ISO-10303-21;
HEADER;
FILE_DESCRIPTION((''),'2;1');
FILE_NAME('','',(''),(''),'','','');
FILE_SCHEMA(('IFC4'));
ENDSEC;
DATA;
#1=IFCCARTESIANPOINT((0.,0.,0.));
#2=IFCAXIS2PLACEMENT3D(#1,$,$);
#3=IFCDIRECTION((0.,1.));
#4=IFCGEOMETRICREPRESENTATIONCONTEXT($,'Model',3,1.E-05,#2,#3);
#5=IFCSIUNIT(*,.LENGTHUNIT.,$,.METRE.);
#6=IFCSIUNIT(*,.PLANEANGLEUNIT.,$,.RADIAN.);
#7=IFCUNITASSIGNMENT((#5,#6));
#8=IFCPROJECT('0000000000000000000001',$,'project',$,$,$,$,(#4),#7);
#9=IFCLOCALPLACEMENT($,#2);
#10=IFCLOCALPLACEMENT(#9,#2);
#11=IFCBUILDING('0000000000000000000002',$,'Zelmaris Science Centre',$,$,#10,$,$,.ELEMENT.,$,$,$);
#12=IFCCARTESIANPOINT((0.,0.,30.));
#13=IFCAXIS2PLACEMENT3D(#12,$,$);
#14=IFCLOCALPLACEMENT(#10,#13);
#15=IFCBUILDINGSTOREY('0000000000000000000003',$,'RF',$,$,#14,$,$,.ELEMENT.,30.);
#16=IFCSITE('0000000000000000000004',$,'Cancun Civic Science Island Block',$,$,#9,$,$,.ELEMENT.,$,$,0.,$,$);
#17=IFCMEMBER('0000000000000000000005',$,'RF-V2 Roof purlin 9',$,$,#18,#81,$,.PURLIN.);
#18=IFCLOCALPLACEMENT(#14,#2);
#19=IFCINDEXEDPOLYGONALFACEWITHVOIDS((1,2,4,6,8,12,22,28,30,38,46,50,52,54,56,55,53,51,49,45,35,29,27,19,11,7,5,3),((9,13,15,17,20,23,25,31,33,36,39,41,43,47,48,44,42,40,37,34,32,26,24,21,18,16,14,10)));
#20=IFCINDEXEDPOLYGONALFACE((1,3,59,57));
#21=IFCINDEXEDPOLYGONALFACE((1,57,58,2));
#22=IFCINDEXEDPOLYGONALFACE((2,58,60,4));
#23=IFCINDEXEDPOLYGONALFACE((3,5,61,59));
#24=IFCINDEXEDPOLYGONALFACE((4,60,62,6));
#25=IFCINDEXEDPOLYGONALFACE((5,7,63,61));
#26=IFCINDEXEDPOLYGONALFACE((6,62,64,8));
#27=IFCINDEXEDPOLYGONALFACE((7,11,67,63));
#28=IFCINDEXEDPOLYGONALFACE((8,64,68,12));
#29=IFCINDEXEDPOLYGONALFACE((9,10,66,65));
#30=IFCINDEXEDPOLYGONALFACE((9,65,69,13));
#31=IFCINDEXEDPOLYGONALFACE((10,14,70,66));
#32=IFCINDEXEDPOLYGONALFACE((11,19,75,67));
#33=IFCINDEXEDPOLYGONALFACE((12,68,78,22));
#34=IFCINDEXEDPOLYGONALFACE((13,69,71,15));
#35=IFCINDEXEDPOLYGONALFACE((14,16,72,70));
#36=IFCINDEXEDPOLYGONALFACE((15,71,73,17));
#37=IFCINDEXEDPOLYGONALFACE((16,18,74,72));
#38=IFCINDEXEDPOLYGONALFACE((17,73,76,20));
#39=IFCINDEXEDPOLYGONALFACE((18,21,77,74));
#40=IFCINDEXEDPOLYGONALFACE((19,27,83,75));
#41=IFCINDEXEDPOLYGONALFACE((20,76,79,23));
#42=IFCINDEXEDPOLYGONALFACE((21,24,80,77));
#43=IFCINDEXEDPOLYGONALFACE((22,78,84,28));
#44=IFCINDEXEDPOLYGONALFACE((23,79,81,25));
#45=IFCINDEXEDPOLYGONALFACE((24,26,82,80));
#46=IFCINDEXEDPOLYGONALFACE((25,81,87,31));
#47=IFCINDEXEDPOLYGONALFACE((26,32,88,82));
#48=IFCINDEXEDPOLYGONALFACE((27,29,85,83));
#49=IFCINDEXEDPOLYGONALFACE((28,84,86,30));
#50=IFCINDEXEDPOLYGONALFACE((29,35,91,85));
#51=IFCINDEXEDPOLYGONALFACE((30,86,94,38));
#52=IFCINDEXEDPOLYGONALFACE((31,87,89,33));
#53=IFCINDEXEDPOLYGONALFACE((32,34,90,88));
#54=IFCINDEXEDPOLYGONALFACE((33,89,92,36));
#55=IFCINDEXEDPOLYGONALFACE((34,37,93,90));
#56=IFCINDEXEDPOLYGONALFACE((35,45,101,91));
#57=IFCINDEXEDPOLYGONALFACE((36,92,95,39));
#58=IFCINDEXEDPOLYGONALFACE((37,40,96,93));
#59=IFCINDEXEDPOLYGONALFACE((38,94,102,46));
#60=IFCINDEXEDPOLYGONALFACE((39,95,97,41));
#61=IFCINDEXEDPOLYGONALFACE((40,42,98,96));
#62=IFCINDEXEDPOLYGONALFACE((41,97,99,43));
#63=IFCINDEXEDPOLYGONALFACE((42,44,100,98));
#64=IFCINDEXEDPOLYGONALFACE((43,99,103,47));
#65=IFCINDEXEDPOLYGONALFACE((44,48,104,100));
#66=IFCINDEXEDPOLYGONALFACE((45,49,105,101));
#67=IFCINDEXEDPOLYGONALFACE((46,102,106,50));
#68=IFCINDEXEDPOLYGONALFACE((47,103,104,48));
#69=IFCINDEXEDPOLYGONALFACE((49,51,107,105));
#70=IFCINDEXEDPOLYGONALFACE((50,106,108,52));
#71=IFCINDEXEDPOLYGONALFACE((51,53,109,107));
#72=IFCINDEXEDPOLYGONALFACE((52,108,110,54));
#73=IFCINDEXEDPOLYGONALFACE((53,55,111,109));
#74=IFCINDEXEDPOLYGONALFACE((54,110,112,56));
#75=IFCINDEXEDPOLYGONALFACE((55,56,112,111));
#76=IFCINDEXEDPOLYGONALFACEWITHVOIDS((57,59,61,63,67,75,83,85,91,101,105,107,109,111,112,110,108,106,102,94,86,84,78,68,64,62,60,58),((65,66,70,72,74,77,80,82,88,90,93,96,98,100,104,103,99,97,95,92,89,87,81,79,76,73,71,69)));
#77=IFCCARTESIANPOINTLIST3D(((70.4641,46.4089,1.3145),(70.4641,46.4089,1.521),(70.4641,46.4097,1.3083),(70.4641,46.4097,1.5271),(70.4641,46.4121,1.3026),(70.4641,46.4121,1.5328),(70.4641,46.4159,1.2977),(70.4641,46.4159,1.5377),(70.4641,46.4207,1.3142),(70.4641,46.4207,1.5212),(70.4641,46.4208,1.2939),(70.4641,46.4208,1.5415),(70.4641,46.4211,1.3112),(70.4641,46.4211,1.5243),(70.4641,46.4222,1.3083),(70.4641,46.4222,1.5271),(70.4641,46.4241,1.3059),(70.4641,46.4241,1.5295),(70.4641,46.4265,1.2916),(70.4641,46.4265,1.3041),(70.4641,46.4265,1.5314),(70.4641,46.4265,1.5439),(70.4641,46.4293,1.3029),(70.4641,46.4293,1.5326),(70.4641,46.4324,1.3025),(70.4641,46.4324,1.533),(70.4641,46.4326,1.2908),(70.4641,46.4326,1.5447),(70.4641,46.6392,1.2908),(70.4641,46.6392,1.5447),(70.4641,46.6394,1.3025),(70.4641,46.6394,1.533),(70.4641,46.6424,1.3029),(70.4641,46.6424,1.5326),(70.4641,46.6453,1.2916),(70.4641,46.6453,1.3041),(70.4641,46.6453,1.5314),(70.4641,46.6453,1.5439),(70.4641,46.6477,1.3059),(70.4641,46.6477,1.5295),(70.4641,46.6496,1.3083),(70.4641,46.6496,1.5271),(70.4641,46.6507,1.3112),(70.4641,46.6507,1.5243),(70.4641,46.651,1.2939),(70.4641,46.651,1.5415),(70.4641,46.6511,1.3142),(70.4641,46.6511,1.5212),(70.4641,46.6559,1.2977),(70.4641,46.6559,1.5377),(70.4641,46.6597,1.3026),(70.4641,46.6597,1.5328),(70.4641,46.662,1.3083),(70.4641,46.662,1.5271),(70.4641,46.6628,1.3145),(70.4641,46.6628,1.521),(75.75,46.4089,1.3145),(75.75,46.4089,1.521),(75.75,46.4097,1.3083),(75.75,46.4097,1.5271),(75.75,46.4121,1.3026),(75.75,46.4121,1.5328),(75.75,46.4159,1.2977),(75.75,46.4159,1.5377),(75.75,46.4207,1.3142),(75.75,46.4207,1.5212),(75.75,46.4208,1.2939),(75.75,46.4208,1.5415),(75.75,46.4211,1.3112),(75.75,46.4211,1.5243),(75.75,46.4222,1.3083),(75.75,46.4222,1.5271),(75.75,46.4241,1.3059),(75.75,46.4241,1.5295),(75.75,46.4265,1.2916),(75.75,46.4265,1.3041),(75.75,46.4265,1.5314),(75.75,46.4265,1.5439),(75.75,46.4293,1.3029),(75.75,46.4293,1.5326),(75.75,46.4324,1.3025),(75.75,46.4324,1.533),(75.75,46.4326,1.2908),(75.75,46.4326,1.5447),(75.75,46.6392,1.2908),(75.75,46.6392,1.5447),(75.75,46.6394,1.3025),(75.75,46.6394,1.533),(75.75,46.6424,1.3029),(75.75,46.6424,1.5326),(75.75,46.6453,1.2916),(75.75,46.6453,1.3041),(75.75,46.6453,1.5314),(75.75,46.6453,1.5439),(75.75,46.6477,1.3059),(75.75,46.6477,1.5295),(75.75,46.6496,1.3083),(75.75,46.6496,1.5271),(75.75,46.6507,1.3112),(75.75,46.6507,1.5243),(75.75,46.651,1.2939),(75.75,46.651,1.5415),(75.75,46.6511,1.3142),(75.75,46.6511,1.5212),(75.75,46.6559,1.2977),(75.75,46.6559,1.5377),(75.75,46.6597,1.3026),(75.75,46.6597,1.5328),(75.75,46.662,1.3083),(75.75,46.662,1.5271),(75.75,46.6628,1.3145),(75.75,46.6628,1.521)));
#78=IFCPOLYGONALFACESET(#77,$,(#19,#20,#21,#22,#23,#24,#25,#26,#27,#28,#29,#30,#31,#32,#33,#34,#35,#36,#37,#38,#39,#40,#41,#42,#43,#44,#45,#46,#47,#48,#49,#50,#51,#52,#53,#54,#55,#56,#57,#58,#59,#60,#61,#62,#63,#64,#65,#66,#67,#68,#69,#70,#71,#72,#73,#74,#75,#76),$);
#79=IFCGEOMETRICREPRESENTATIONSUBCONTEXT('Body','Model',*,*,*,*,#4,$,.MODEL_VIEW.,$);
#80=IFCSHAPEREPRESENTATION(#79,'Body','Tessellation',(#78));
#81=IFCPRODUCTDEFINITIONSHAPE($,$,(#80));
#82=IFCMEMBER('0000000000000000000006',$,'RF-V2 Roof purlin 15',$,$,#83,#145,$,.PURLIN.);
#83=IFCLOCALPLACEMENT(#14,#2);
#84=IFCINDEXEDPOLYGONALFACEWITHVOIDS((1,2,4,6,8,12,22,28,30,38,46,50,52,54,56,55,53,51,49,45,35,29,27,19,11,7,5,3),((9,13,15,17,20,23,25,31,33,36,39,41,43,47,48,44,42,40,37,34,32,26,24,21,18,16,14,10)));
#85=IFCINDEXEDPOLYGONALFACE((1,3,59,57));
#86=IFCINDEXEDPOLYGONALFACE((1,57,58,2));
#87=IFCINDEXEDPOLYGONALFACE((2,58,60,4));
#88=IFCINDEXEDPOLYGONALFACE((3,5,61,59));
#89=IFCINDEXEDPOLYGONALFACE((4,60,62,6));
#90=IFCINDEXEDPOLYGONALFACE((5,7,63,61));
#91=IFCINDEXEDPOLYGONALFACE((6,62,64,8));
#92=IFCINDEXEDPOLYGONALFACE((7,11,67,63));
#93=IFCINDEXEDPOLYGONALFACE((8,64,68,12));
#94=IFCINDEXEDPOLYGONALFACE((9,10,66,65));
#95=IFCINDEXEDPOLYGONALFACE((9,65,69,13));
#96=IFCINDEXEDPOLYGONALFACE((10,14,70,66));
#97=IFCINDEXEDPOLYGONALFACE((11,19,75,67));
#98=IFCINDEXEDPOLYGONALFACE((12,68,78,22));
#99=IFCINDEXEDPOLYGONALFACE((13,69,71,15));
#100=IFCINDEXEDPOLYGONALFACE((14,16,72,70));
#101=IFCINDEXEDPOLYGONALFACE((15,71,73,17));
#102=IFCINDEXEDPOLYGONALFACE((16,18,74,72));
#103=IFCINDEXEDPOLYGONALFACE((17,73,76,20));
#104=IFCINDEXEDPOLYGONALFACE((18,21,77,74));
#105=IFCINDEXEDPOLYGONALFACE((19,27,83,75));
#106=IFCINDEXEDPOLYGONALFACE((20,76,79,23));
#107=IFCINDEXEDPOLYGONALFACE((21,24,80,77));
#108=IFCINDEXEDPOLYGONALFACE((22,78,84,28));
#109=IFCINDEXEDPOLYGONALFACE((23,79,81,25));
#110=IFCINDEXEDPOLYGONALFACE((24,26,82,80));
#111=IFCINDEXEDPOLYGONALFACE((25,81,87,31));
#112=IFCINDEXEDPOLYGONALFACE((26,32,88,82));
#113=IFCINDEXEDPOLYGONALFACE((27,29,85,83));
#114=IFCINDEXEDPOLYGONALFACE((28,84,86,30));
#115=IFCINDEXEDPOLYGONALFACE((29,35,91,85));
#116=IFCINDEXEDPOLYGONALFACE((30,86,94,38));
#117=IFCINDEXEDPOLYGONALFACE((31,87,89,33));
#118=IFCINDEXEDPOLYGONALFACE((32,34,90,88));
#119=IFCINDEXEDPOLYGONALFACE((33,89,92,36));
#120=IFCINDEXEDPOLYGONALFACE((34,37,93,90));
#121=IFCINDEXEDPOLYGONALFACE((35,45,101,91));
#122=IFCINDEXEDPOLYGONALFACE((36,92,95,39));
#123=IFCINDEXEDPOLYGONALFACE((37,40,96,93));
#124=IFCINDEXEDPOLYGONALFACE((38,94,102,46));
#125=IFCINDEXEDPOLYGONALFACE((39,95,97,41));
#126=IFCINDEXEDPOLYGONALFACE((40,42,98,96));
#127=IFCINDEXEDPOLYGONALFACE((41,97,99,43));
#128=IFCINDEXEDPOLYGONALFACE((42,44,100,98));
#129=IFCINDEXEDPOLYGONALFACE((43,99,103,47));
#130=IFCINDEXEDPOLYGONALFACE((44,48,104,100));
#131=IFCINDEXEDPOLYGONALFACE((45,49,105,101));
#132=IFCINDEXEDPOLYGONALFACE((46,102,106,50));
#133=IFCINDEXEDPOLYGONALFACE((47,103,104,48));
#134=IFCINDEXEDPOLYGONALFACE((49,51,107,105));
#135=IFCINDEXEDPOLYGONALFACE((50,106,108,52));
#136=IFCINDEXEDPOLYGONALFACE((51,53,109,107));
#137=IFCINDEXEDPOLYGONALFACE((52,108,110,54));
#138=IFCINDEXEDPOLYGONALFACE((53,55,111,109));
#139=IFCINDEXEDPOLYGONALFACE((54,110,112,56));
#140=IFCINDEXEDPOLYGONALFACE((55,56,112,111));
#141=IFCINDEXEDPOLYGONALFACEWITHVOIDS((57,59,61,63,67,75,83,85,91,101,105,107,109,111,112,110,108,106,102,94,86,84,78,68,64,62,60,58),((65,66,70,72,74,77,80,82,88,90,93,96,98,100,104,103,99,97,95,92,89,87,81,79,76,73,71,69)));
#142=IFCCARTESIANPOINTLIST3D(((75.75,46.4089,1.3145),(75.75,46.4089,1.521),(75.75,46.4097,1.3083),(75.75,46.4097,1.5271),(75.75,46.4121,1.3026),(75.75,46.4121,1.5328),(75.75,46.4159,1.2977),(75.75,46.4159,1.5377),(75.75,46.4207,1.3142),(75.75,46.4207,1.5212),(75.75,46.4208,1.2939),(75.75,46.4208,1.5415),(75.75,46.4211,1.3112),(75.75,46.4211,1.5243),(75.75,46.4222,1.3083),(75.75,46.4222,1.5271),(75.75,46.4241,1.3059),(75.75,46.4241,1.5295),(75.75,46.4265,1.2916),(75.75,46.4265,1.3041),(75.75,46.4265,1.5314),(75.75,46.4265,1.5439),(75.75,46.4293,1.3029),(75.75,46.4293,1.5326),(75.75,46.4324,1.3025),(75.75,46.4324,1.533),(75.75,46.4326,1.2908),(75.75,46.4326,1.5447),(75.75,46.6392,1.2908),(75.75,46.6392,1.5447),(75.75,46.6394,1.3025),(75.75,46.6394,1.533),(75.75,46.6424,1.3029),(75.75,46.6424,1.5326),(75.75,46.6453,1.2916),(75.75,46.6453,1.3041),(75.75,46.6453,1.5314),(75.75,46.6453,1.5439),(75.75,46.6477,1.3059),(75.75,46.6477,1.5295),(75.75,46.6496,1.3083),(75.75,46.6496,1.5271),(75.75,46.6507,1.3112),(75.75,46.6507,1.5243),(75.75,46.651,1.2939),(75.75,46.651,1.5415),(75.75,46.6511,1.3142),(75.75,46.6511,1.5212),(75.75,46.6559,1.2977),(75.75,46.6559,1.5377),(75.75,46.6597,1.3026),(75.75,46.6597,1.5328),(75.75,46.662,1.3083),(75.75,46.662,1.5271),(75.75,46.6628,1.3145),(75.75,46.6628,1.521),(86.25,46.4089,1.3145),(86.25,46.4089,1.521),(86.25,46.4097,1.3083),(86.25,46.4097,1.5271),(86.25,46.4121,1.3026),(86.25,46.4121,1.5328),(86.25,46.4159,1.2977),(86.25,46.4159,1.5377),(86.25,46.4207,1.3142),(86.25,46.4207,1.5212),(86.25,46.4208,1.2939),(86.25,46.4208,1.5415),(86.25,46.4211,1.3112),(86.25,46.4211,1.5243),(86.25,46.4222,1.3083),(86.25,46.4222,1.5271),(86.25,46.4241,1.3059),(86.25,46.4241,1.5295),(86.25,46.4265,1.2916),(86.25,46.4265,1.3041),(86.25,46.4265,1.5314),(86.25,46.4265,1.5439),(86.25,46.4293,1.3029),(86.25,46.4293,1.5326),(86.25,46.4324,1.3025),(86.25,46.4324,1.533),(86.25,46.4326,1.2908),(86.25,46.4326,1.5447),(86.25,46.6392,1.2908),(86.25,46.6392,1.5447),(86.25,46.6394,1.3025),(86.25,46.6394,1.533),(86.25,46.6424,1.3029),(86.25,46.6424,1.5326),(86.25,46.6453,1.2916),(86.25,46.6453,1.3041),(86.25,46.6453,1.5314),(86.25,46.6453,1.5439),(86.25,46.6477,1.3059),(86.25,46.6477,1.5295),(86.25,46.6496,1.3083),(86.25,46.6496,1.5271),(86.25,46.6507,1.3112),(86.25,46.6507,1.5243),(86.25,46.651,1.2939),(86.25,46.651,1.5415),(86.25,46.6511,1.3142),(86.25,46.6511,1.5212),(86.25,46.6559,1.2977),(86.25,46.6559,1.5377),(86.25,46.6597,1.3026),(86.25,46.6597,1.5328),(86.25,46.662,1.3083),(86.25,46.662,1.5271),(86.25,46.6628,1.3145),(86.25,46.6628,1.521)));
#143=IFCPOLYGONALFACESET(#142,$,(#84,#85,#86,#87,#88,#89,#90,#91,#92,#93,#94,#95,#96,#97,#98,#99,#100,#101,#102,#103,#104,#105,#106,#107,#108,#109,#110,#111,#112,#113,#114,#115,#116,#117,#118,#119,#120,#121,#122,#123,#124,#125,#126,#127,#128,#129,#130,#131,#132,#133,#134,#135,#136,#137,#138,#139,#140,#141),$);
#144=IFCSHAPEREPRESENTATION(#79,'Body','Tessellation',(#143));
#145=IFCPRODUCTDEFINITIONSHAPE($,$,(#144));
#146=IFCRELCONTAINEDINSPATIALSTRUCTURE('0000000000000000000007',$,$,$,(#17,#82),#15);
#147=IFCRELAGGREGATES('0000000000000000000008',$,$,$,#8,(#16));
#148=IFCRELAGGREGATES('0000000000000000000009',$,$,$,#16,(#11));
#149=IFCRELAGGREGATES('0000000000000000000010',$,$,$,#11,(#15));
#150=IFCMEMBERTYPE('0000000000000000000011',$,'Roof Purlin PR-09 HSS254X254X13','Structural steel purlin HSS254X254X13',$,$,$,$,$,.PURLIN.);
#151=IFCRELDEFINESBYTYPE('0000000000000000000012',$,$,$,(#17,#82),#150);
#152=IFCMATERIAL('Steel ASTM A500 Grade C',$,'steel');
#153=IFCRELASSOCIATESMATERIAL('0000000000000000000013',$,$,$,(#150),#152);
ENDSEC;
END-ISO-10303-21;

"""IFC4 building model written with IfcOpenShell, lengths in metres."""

from ifc_helpers import new_model, si_unit, direction, frame, origin, origin_2d, place, context, subcontext, project, spatial, hollow_rectangle, extrude, material, material_profile, profile_set, type_object, element, save


model = new_model("IFC4")

# Units and contexts
model_context = context("Model", 3, precision=1e-05, world=origin(), true_north=direction((0.0, 1.0)))
body_context = subcontext(model_context, "Body", "Model", "MODEL_VIEW")
ifc_project = project(units=[si_unit("LENGTHUNIT", "METRE"), si_unit("PLANEANGLEUNIT", "RADIAN")], contexts=[model_context])

# Site, building, storey
site_placement = place(None, origin())
site = spatial("IfcSite", under=ifc_project, at=site_placement, Name="Cancun Civic Science Island Block", CompositionType="ELEMENT", RefElevation=0.0)
building_placement = place(site_placement, origin())
building = spatial("IfcBuilding", under=site, at=building_placement, Name="Zelmaris Science Centre", CompositionType="ELEMENT")
storey_placement = place(building_placement, frame((0.0, 0.0, 30.0)))
storey = spatial("IfcBuildingStorey", under=building, at=storey_placement, Name="RF", CompositionType="ELEMENT", Elevation=30.0)

# Shared definitions
ifc_material = material(Name="Steel ASTM A500 Grade C", Category="steel")

# Members
ifc_material_profile_1 = material_profile(ifc_material, hollow_rectangle(XDim=0.2539, YDim=0.2539, WallThickness=0.0117, InnerFilletRadius=0.0117, OuterFilletRadius=0.0237, at=origin_2d()), Name="HSS254X254X13")
ifc_profile_set_1 = profile_set([ifc_material_profile_1], Name="Steel ASTM A500 Grade C")
member_type_1 = type_object("IfcMemberType", Name="Roof Purlin PR-09 HSS254X254X13", Description="Structural steel purlin HSS254X254X13", PredefinedType="PURLIN", material=ifc_profile_set_1)
member_1_placement = place(storey_placement, frame((70.4641, 46.5359, 1.4177), z_axis=(1.0, 0.0, 0.0), x_axis=(0.0, 1.0, 0.0)))
element("IfcMember", 1, at=member_1_placement, inside=storey, type_object=member_type_1, Name="RF-V2 Roof purlin 9", PredefinedType="PURLIN", context=body_context, shape_type="SweptSolid", body=[
    extrude(hollow_rectangle(XDim=0.2539, YDim=0.2539, WallThickness=0.0117, InnerFilletRadius=0.0117, OuterFilletRadius=0.0237, at=origin_2d()), origin(), (0.0, 0.0, 1.0), 5.2859),
])
member_2_placement = place(storey_placement, frame((75.75, 46.5359, 1.4177), z_axis=(1.0, 0.0, 0.0), x_axis=(0.0, 1.0, 0.0)))
element("IfcMember", 2, at=member_2_placement, inside=storey, type_object=member_type_1, Name="RF-V2 Roof purlin 15", PredefinedType="PURLIN", context=body_context, shape_type="SweptSolid", body=[
    extrude(hollow_rectangle(XDim=0.2539, YDim=0.2539, WallThickness=0.0117, InnerFilletRadius=0.0117, OuterFilletRadius=0.0237, at=origin_2d()), origin(), (0.0, 0.0, 1.0), 10.5),
])

save(model, "model.ifc")
